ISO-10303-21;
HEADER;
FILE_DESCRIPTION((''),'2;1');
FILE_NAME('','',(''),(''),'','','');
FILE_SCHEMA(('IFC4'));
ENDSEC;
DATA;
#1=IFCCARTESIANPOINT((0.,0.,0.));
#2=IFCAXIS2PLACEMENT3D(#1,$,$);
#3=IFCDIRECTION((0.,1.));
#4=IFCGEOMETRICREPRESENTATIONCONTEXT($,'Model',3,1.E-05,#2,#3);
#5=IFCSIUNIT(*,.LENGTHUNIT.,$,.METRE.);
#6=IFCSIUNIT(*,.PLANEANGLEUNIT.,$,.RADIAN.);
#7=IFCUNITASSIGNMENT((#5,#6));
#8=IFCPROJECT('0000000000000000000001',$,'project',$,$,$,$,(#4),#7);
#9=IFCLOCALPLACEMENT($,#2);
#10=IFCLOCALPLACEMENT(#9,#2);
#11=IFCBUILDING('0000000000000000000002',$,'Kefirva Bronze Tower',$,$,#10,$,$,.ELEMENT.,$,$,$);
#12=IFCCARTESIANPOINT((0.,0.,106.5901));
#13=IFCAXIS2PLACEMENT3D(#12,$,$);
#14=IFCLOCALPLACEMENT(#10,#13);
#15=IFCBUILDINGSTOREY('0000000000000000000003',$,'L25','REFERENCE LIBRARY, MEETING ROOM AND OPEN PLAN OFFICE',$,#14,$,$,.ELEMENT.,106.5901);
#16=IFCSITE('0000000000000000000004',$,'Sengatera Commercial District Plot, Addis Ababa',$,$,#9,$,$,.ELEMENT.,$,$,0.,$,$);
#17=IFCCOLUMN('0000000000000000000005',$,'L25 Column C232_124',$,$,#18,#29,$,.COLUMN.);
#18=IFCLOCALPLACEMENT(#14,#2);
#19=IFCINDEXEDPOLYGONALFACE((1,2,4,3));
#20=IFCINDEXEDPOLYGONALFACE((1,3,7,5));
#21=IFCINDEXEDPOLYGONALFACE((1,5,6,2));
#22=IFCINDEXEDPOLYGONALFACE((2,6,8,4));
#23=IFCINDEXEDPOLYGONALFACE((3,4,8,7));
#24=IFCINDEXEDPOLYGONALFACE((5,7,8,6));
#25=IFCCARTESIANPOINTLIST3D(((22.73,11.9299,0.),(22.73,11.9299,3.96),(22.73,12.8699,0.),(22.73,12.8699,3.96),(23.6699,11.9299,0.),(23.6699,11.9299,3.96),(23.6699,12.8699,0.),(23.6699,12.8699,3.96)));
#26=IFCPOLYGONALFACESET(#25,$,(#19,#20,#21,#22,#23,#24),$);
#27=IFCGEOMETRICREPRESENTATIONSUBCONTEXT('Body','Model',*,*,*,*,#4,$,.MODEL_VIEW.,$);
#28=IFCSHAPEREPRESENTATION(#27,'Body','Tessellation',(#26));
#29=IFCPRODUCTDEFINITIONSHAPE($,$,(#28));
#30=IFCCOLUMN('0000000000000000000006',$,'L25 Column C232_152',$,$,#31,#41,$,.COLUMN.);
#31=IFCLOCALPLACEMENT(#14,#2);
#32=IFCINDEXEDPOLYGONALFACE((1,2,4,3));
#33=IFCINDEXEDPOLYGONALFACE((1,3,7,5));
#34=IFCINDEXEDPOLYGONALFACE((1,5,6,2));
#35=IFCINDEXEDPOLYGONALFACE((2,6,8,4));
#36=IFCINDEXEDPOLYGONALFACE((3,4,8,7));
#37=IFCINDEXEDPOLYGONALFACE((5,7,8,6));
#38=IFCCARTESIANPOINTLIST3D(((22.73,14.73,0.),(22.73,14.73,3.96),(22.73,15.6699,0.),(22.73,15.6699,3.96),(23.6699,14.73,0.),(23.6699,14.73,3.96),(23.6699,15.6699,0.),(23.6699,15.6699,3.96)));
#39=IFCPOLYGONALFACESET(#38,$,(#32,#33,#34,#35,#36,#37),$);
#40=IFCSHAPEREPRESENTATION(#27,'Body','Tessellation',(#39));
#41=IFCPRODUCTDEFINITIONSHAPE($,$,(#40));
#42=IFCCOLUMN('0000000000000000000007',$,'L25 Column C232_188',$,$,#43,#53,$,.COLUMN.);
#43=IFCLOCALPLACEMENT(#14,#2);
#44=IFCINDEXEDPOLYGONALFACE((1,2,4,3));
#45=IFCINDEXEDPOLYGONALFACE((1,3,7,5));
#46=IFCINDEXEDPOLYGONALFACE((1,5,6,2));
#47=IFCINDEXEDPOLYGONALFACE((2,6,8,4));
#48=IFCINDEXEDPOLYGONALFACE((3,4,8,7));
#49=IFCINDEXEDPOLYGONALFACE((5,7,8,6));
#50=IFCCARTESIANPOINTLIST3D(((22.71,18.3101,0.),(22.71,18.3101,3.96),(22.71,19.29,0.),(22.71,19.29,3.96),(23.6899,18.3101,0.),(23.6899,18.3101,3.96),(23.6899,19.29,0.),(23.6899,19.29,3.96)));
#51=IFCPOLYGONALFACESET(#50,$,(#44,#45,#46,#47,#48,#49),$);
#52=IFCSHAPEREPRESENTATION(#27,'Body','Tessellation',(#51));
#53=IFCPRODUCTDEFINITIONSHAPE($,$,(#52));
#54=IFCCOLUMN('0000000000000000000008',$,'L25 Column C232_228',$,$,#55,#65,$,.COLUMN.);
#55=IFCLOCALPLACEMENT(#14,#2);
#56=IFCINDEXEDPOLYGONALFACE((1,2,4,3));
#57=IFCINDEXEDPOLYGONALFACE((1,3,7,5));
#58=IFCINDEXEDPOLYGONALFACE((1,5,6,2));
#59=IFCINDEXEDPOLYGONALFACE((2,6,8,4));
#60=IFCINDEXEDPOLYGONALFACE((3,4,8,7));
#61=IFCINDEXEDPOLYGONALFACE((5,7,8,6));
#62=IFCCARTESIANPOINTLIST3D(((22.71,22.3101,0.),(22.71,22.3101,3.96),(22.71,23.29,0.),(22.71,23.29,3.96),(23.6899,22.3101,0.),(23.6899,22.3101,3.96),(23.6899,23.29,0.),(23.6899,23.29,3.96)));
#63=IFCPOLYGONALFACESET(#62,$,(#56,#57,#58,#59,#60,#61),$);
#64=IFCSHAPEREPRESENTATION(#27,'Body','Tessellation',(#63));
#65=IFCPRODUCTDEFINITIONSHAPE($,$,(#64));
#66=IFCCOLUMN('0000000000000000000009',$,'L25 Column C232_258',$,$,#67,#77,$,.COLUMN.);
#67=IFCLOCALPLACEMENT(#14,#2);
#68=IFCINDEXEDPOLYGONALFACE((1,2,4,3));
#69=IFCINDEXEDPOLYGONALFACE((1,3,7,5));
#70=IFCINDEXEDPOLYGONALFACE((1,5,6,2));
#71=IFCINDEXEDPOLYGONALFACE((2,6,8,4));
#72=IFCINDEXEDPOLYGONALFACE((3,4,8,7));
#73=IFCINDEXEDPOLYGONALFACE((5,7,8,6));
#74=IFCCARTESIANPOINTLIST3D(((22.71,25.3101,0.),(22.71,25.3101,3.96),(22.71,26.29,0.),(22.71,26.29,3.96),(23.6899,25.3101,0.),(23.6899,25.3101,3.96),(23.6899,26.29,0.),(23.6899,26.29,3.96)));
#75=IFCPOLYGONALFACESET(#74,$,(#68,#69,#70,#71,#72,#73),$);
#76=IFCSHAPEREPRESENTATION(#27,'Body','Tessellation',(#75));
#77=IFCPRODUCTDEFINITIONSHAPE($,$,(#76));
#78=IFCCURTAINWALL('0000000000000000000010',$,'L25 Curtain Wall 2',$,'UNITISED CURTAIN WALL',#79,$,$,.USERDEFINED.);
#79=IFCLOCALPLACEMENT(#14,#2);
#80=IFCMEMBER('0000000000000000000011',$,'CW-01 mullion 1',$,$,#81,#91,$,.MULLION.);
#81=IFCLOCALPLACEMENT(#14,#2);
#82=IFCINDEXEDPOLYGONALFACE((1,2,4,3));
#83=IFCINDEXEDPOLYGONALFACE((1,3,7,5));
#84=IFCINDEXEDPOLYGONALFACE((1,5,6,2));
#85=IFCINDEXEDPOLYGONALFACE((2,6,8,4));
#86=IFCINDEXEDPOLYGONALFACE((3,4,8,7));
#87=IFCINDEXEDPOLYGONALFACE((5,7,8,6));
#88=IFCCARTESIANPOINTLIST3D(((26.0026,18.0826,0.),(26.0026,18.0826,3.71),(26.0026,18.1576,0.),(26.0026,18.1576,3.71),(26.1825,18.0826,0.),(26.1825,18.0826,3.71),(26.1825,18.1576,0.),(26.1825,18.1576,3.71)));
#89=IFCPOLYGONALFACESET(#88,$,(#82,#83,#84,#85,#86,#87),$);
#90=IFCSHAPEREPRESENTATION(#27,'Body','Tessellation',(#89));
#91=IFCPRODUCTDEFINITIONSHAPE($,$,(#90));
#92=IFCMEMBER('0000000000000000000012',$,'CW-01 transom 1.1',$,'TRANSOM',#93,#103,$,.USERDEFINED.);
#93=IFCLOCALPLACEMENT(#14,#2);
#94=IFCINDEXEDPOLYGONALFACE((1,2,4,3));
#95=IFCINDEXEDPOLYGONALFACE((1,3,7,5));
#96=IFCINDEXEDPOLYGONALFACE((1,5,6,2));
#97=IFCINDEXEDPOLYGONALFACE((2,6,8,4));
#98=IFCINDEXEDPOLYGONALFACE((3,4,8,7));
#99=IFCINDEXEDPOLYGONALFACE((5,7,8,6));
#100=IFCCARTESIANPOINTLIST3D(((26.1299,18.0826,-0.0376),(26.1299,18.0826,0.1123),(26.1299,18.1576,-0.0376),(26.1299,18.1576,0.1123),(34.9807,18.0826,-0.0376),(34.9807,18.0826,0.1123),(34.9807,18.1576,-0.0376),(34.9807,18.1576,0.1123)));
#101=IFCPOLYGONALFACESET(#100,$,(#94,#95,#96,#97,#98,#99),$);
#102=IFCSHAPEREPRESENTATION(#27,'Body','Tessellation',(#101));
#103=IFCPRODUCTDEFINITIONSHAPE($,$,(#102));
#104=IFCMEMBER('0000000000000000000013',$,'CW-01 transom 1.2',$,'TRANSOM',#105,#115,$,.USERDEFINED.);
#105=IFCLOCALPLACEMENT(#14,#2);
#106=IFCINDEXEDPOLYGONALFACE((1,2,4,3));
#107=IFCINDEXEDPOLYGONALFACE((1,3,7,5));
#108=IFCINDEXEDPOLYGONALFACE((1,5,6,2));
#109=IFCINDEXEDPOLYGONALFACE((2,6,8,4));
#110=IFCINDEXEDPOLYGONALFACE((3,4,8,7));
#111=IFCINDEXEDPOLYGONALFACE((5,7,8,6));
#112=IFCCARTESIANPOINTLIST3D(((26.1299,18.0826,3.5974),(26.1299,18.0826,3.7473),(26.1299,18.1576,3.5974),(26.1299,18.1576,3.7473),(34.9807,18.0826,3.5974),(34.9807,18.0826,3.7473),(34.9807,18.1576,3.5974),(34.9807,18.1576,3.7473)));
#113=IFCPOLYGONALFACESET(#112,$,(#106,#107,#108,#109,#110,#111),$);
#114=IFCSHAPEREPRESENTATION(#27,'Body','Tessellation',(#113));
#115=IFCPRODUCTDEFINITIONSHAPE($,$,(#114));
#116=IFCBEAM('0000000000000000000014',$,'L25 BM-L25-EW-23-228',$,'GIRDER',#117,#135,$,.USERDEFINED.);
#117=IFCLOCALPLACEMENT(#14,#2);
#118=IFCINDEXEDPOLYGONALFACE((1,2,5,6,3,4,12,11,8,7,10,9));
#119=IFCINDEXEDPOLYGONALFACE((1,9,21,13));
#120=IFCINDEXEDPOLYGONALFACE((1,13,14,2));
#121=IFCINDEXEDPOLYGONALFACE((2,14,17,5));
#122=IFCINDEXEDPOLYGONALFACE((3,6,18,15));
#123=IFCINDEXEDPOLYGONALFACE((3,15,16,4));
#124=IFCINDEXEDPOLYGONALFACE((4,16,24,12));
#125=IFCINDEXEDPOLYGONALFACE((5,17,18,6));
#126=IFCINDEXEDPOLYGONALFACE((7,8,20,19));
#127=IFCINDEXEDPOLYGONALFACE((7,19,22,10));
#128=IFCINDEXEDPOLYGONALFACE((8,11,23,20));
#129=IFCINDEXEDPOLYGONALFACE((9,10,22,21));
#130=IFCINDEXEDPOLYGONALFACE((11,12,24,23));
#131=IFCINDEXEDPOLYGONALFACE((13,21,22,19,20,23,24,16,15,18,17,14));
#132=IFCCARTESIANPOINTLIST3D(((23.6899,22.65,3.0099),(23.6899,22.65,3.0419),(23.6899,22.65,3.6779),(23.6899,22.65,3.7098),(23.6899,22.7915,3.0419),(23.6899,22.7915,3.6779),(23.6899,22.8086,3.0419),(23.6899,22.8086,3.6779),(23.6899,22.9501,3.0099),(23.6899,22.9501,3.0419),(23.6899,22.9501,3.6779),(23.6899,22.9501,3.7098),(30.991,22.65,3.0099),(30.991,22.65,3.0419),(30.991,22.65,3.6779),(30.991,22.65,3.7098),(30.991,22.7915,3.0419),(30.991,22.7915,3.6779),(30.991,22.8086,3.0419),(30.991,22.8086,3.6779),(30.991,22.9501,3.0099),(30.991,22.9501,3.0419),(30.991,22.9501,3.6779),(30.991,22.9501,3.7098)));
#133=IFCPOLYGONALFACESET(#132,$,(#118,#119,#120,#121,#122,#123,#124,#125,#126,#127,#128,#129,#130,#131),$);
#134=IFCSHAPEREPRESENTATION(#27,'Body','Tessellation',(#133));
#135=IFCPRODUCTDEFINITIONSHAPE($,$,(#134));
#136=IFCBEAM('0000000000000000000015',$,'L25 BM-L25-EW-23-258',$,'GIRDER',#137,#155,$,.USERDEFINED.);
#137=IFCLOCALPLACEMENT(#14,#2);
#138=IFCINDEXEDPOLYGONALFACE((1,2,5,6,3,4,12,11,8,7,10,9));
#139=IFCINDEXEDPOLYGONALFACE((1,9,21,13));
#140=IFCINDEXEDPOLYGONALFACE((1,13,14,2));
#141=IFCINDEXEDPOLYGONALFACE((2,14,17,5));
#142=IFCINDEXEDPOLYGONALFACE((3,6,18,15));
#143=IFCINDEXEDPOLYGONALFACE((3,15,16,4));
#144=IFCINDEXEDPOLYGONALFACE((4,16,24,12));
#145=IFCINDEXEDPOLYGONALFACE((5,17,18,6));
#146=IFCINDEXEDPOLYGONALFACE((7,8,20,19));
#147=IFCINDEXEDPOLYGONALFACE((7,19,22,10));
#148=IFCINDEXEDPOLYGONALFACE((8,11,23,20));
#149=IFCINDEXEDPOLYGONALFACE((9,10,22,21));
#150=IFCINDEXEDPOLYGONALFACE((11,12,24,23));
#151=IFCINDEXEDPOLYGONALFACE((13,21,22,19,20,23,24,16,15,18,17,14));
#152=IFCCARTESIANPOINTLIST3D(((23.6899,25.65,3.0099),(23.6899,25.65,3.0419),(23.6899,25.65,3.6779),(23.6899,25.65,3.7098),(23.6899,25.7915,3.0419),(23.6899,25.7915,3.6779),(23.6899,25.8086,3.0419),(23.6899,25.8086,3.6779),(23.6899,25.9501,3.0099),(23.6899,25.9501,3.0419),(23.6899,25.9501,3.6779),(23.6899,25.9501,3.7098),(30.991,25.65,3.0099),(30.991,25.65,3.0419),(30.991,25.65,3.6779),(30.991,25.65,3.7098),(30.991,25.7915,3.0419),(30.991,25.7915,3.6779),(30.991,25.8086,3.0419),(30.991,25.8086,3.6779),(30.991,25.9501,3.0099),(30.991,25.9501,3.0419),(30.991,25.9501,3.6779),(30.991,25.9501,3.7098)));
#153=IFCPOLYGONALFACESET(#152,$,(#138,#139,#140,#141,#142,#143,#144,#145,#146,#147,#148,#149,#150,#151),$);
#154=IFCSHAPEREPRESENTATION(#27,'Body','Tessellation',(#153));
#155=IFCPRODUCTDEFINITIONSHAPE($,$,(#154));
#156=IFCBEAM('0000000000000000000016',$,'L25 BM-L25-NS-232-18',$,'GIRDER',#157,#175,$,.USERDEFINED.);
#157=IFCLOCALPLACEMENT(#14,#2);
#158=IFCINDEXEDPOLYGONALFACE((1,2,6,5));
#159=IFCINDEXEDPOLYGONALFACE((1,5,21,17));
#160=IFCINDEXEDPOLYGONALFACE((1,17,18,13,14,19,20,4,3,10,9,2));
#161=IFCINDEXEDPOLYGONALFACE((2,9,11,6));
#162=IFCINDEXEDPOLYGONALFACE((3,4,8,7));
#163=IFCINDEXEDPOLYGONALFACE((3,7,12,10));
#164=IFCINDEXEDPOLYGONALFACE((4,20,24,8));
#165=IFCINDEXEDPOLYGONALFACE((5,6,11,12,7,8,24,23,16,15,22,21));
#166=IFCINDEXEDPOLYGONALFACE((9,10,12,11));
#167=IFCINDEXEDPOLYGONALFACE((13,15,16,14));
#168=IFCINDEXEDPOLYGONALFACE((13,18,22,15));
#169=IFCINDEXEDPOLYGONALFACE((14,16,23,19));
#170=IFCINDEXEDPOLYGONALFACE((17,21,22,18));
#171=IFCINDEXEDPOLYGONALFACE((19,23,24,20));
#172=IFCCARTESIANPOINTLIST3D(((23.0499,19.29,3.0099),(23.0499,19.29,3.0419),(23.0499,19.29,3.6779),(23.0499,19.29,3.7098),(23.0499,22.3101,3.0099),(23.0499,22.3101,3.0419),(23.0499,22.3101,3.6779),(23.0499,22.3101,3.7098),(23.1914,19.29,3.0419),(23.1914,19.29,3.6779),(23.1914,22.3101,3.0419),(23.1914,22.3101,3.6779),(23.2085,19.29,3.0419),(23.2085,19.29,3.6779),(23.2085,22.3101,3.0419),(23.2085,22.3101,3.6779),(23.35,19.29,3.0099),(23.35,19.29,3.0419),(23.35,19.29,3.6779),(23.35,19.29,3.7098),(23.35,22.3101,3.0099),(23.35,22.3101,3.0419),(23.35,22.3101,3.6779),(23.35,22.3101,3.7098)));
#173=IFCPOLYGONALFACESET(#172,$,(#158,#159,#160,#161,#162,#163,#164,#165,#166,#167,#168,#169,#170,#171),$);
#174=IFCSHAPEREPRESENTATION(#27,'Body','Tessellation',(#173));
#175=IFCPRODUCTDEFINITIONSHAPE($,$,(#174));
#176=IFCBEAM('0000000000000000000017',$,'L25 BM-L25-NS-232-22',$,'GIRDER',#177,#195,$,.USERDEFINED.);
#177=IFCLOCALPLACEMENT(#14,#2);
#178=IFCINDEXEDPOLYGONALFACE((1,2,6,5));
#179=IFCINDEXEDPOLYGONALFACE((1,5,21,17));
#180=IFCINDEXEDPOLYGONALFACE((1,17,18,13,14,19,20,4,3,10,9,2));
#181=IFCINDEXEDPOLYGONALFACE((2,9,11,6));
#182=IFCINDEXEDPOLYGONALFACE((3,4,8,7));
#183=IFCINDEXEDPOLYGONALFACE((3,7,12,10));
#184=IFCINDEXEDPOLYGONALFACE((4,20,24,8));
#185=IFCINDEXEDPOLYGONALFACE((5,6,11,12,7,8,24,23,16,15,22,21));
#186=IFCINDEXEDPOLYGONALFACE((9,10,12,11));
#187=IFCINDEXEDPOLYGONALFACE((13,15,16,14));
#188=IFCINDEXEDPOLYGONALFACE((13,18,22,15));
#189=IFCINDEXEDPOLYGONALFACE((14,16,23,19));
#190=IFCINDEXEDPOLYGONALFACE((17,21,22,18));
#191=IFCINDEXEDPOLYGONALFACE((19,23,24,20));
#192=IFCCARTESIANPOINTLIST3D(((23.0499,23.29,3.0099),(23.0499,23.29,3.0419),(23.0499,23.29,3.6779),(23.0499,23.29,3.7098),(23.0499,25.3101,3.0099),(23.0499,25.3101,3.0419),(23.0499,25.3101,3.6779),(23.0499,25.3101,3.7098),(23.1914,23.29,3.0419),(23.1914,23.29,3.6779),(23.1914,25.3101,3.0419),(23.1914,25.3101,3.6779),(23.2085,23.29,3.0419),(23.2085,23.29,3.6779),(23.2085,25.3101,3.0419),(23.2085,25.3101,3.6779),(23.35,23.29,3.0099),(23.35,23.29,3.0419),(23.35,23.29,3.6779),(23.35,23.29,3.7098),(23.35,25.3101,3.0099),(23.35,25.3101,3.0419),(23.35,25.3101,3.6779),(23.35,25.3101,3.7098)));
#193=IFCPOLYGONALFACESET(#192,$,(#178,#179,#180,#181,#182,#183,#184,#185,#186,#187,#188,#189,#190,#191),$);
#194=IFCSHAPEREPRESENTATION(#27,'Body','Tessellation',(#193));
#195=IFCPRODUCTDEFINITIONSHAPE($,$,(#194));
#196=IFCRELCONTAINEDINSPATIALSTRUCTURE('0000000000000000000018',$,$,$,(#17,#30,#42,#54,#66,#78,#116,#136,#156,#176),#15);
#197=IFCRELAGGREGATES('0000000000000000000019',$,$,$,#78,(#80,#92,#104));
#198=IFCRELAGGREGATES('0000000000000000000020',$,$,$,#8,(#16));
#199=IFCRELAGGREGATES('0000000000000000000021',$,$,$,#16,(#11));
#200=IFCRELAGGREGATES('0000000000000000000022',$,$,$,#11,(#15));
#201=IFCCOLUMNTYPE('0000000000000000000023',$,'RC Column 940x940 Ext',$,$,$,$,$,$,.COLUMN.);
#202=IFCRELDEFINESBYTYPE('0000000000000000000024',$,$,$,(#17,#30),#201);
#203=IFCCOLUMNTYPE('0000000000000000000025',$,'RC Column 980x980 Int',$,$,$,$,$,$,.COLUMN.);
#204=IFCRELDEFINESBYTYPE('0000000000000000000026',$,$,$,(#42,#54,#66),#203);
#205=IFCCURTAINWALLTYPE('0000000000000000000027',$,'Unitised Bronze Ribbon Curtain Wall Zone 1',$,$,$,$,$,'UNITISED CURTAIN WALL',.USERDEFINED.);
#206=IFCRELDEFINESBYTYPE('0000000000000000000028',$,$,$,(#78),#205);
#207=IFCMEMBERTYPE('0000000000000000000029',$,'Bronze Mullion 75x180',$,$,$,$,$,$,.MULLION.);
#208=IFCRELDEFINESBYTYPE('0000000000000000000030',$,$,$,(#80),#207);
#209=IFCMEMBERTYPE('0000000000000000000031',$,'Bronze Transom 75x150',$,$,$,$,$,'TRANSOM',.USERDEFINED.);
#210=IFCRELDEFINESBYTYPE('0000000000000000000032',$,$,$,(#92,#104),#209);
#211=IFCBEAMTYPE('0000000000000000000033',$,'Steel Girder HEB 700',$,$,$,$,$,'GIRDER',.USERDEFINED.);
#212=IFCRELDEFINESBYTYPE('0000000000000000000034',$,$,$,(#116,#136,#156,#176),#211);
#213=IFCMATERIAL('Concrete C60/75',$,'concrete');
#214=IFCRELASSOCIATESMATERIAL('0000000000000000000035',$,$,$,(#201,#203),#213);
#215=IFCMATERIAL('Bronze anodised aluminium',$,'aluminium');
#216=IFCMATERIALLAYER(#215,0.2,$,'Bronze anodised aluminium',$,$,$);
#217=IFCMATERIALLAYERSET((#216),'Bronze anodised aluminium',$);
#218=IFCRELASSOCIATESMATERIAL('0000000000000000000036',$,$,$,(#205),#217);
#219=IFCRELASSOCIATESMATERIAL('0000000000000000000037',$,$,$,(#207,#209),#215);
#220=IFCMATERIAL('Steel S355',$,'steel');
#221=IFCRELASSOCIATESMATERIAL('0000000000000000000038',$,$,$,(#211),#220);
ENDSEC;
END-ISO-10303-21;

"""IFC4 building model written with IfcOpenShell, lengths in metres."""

from ifc_helpers import new_model, si_unit, direction, frame, origin, origin_2d, place, context, subcontext, project, spatial, rectangle, i_section, extrude, material, layer, layer_set, material_profile, profile_set, type_object, element, aggregate, save


model = new_model("IFC4")

# Units and contexts
model_context = context("Model", 3, precision=1e-05, world=origin(), true_north=direction((0.0, 1.0)))
body_context = subcontext(model_context, "Body", "Model", "MODEL_VIEW")
ifc_project = project(units=[si_unit("LENGTHUNIT", "METRE"), si_unit("PLANEANGLEUNIT", "RADIAN")], contexts=[model_context])

# Site, building, storey
site_placement = place(None, origin())
site = spatial("IfcSite", under=ifc_project, at=site_placement, Name="Sengatera Commercial District Plot, Addis Ababa", CompositionType="ELEMENT", RefElevation=0.0)
building_placement = place(site_placement, origin())
building = spatial("IfcBuilding", under=site, at=building_placement, Name="Kefirva Bronze Tower", CompositionType="ELEMENT")
storey_placement = place(building_placement, frame((0.0, 0.0, 106.5901)))
storey = spatial("IfcBuildingStorey", under=building, at=storey_placement, Name="L25", Description="REFERENCE LIBRARY, MEETING ROOM AND OPEN PLAN OFFICE", CompositionType="ELEMENT", Elevation=106.5901)

# Columns
ifc_material_1 = material(Name="Concrete C60/75", Category="concrete")
ifc_material_profile_1 = material_profile(ifc_material_1, rectangle(XDim=0.9399, YDim=0.9399, at=origin_2d()), Name="RC 940x940")
ifc_profile_set_1 = profile_set([ifc_material_profile_1], Name="Concrete C60/75")
column_type_1 = type_object("IfcColumnType", Name="RC Column 940x940 Ext", PredefinedType="COLUMN", material=ifc_profile_set_1)
for number, where, z_axis, x_axis, name in (
    (1, (23.2, 12.3999, 0.0), (0.0, 0.0, 1.0), (1.0, 0.0, 0.0), "L25 Column C232_124"),
    (2, (23.2, 15.2, 0.0), (0.0, 0.0, 1.0), (1.0, 0.0, 0.0), "L25 Column C232_152"),
):
    element("IfcColumn", number, at=place(storey_placement, frame(where, z_axis=z_axis, x_axis=x_axis)), inside=storey, type_object=column_type_1, Name=name, PredefinedType="COLUMN", context=body_context, shape_type="SweptSolid", body=[
        extrude(rectangle(XDim=0.9399, YDim=0.9399, at=origin_2d()), origin(), (0.0, 0.0, 1.0), 3.96),
    ])
ifc_material_profile_2 = material_profile(ifc_material_1, rectangle(XDim=0.98, YDim=0.98, at=origin_2d()), Name="RC 980x980")
ifc_profile_set_2 = profile_set([ifc_material_profile_2], Name="Concrete C60/75")
column_type_2 = type_object("IfcColumnType", Name="RC Column 980x980 Int", PredefinedType="COLUMN", material=ifc_profile_set_2)
for number, where, z_axis, x_axis, name in (
    (3, (23.2, 18.8, 0.0), (0.0, 0.0, 1.0), (1.0, 0.0, 0.0), "L25 Column C232_188"),
    (4, (23.2, 22.8, 0.0), (0.0, 0.0, 1.0), (1.0, 0.0, 0.0), "L25 Column C232_228"),
    (5, (23.2, 25.8, 0.0), (0.0, 0.0, 1.0), (1.0, 0.0, 0.0), "L25 Column C232_258"),
):
    element("IfcColumn", number, at=place(storey_placement, frame(where, z_axis=z_axis, x_axis=x_axis)), inside=storey, type_object=column_type_2, Name=name, PredefinedType="COLUMN", context=body_context, shape_type="SweptSolid", body=[
        extrude(rectangle(XDim=0.98, YDim=0.98, at=origin_2d()), origin(), (0.0, 0.0, 1.0), 3.96),
    ])

# Curtain wall, members
ifc_material_2 = material(Name="Bronze anodised aluminium", Category="aluminium")
ifc_layer_1 = layer(ifc_material_2, 0.2, Name="Bronze anodised aluminium")
ifc_layer_set_1 = layer_set([ifc_layer_1], Name="Bronze anodised aluminium")
curtain_wall_type = type_object("IfcCurtainWallType", Name="Unitised Bronze Ribbon Curtain Wall Zone 1", ElementType="UNITISED CURTAIN WALL", PredefinedType="USERDEFINED", material=ifc_layer_set_1)
curtain_wall_placement = place(storey_placement, origin())
curtain_wall = element("IfcCurtainWall", 6, at=curtain_wall_placement, inside=storey, type_object=curtain_wall_type, Name="L25 Curtain Wall 2", ObjectType="UNITISED CURTAIN WALL", PredefinedType="USERDEFINED")
ifc_material_profile_3 = material_profile(ifc_material_2, rectangle(XDim=0.075, YDim=0.1799, at=origin_2d()), Name="ALU 75x180")
ifc_profile_set_3 = profile_set([ifc_material_profile_3], Name="Bronze anodised aluminium")
member_type_1 = type_object("IfcMemberType", Name="Bronze Mullion 75x180", PredefinedType="MULLION", material=ifc_profile_set_3)
member_1_placement = place(storey_placement, frame((26.0925, 18.1201, 0.0), z_axis=(0.0, 0.0, 1.0), x_axis=(0.0, 1.0, 0.0)))
member_1 = element("IfcMember", 7, at=member_1_placement, type_object=member_type_1, Name="CW-01 mullion 1", PredefinedType="MULLION", context=body_context, shape_type="SweptSolid", body=[
    extrude(rectangle(XDim=0.075, YDim=0.1799, at=origin_2d()), origin(), (0.0, 0.0, 1.0), 3.71),
])
ifc_material_profile_4 = material_profile(ifc_material_2, rectangle(XDim=0.075, YDim=0.1499, at=origin_2d()), Name="ALU 75x150")
ifc_profile_set_4 = profile_set([ifc_material_profile_4], Name="Bronze anodised aluminium")
member_type_2 = type_object("IfcMemberType", Name="Bronze Transom 75x150", ElementType="TRANSOM", PredefinedType="USERDEFINED", material=ifc_profile_set_4)
member_2_placement = place(storey_placement, frame((26.1299, 18.1201, 0.0374), z_axis=(1.0, 0.0, 0.0), x_axis=(0.0, 1.0, 0.0)))
member_2 = element("IfcMember", 8, at=member_2_placement, type_object=member_type_2, Name="CW-01 transom 1.1", ObjectType="TRANSOM", PredefinedType="USERDEFINED", context=body_context, shape_type="SweptSolid", body=[
    extrude(rectangle(XDim=0.075, YDim=0.1499, at=origin_2d()), origin(), (0.0, 0.0, 1.0), 8.8508),
])
member_3_placement = place(storey_placement, frame((26.1299, 18.1201, 3.6724), z_axis=(1.0, 0.0, 0.0), x_axis=(0.0, 1.0, 0.0)))
member_3 = element("IfcMember", 9, at=member_3_placement, type_object=member_type_2, Name="CW-01 transom 1.2", ObjectType="TRANSOM", PredefinedType="USERDEFINED", context=body_context, shape_type="SweptSolid", body=[
    extrude(rectangle(XDim=0.075, YDim=0.1499, at=origin_2d()), origin(), (0.0, 0.0, 1.0), 8.8508),
])

# Beams
ifc_material_3 = material(Name="Steel S355", Category="steel")
ifc_material_profile_5 = material_profile(ifc_material_3, i_section(OverallWidth=0.3, OverallDepth=0.7, WebThickness=0.0171, FlangeThickness=0.032, at=origin_2d()), Name="HEB 700")
ifc_profile_set_5 = profile_set([ifc_material_profile_5], Name="Steel S355")
beam_type_1 = type_object("IfcBeamType", Name="Steel Girder HEB 700", ElementType="GIRDER", PredefinedType="USERDEFINED", material=ifc_profile_set_5)
for number, where, z_axis, x_axis, name in (
    (10, (23.6899, 22.8, 3.3599), (1.0, 0.0, 0.0), (0.0, 1.0, 0.0), "L25 BM-L25-EW-23-228"),
    (11, (23.6899, 25.8, 3.3599), (1.0, 0.0, 0.0), (0.0, 1.0, 0.0), "L25 BM-L25-EW-23-258"),
):
    element("IfcBeam", number, at=place(storey_placement, frame(where, z_axis=z_axis, x_axis=x_axis)), inside=storey, type_object=beam_type_1, Name=name, ObjectType="GIRDER", PredefinedType="USERDEFINED", context=body_context, shape_type="SweptSolid", body=[
        extrude(i_section(OverallWidth=0.3, OverallDepth=0.7, WebThickness=0.0171, FlangeThickness=0.032, at=origin_2d()), origin(), (0.0, 0.0, 1.0), 7.301),
    ])
beam_1_placement = place(storey_placement, frame((23.2, 19.29, 3.3599), z_axis=(0.0, 1.0, 0.0), x_axis=(-1.0, 0.0, 0.0)))
element("IfcBeam", 12, at=beam_1_placement, inside=storey, type_object=beam_type_1, Name="L25 BM-L25-NS-232-18", ObjectType="GIRDER", PredefinedType="USERDEFINED", context=body_context, shape_type="SweptSolid", body=[
    extrude(i_section(OverallWidth=0.3, OverallDepth=0.7, WebThickness=0.0171, FlangeThickness=0.032, at=origin_2d()), origin(), (0.0, 0.0, 1.0), 3.02),
])
beam_2_placement = place(storey_placement, frame((23.2, 23.29, 3.3599), z_axis=(0.0, 1.0, 0.0), x_axis=(-1.0, 0.0, 0.0)))
element("IfcBeam", 13, at=beam_2_placement, inside=storey, type_object=beam_type_1, Name="L25 BM-L25-NS-232-22", ObjectType="GIRDER", PredefinedType="USERDEFINED", context=body_context, shape_type="SweptSolid", body=[
    extrude(i_section(OverallWidth=0.3, OverallDepth=0.7, WebThickness=0.0171, FlangeThickness=0.032, at=origin_2d()), origin(), (0.0, 0.0, 1.0), 2.02),
])

aggregate(curtain_wall, [member_1, member_2, member_3])

save(model, "model.ifc")
